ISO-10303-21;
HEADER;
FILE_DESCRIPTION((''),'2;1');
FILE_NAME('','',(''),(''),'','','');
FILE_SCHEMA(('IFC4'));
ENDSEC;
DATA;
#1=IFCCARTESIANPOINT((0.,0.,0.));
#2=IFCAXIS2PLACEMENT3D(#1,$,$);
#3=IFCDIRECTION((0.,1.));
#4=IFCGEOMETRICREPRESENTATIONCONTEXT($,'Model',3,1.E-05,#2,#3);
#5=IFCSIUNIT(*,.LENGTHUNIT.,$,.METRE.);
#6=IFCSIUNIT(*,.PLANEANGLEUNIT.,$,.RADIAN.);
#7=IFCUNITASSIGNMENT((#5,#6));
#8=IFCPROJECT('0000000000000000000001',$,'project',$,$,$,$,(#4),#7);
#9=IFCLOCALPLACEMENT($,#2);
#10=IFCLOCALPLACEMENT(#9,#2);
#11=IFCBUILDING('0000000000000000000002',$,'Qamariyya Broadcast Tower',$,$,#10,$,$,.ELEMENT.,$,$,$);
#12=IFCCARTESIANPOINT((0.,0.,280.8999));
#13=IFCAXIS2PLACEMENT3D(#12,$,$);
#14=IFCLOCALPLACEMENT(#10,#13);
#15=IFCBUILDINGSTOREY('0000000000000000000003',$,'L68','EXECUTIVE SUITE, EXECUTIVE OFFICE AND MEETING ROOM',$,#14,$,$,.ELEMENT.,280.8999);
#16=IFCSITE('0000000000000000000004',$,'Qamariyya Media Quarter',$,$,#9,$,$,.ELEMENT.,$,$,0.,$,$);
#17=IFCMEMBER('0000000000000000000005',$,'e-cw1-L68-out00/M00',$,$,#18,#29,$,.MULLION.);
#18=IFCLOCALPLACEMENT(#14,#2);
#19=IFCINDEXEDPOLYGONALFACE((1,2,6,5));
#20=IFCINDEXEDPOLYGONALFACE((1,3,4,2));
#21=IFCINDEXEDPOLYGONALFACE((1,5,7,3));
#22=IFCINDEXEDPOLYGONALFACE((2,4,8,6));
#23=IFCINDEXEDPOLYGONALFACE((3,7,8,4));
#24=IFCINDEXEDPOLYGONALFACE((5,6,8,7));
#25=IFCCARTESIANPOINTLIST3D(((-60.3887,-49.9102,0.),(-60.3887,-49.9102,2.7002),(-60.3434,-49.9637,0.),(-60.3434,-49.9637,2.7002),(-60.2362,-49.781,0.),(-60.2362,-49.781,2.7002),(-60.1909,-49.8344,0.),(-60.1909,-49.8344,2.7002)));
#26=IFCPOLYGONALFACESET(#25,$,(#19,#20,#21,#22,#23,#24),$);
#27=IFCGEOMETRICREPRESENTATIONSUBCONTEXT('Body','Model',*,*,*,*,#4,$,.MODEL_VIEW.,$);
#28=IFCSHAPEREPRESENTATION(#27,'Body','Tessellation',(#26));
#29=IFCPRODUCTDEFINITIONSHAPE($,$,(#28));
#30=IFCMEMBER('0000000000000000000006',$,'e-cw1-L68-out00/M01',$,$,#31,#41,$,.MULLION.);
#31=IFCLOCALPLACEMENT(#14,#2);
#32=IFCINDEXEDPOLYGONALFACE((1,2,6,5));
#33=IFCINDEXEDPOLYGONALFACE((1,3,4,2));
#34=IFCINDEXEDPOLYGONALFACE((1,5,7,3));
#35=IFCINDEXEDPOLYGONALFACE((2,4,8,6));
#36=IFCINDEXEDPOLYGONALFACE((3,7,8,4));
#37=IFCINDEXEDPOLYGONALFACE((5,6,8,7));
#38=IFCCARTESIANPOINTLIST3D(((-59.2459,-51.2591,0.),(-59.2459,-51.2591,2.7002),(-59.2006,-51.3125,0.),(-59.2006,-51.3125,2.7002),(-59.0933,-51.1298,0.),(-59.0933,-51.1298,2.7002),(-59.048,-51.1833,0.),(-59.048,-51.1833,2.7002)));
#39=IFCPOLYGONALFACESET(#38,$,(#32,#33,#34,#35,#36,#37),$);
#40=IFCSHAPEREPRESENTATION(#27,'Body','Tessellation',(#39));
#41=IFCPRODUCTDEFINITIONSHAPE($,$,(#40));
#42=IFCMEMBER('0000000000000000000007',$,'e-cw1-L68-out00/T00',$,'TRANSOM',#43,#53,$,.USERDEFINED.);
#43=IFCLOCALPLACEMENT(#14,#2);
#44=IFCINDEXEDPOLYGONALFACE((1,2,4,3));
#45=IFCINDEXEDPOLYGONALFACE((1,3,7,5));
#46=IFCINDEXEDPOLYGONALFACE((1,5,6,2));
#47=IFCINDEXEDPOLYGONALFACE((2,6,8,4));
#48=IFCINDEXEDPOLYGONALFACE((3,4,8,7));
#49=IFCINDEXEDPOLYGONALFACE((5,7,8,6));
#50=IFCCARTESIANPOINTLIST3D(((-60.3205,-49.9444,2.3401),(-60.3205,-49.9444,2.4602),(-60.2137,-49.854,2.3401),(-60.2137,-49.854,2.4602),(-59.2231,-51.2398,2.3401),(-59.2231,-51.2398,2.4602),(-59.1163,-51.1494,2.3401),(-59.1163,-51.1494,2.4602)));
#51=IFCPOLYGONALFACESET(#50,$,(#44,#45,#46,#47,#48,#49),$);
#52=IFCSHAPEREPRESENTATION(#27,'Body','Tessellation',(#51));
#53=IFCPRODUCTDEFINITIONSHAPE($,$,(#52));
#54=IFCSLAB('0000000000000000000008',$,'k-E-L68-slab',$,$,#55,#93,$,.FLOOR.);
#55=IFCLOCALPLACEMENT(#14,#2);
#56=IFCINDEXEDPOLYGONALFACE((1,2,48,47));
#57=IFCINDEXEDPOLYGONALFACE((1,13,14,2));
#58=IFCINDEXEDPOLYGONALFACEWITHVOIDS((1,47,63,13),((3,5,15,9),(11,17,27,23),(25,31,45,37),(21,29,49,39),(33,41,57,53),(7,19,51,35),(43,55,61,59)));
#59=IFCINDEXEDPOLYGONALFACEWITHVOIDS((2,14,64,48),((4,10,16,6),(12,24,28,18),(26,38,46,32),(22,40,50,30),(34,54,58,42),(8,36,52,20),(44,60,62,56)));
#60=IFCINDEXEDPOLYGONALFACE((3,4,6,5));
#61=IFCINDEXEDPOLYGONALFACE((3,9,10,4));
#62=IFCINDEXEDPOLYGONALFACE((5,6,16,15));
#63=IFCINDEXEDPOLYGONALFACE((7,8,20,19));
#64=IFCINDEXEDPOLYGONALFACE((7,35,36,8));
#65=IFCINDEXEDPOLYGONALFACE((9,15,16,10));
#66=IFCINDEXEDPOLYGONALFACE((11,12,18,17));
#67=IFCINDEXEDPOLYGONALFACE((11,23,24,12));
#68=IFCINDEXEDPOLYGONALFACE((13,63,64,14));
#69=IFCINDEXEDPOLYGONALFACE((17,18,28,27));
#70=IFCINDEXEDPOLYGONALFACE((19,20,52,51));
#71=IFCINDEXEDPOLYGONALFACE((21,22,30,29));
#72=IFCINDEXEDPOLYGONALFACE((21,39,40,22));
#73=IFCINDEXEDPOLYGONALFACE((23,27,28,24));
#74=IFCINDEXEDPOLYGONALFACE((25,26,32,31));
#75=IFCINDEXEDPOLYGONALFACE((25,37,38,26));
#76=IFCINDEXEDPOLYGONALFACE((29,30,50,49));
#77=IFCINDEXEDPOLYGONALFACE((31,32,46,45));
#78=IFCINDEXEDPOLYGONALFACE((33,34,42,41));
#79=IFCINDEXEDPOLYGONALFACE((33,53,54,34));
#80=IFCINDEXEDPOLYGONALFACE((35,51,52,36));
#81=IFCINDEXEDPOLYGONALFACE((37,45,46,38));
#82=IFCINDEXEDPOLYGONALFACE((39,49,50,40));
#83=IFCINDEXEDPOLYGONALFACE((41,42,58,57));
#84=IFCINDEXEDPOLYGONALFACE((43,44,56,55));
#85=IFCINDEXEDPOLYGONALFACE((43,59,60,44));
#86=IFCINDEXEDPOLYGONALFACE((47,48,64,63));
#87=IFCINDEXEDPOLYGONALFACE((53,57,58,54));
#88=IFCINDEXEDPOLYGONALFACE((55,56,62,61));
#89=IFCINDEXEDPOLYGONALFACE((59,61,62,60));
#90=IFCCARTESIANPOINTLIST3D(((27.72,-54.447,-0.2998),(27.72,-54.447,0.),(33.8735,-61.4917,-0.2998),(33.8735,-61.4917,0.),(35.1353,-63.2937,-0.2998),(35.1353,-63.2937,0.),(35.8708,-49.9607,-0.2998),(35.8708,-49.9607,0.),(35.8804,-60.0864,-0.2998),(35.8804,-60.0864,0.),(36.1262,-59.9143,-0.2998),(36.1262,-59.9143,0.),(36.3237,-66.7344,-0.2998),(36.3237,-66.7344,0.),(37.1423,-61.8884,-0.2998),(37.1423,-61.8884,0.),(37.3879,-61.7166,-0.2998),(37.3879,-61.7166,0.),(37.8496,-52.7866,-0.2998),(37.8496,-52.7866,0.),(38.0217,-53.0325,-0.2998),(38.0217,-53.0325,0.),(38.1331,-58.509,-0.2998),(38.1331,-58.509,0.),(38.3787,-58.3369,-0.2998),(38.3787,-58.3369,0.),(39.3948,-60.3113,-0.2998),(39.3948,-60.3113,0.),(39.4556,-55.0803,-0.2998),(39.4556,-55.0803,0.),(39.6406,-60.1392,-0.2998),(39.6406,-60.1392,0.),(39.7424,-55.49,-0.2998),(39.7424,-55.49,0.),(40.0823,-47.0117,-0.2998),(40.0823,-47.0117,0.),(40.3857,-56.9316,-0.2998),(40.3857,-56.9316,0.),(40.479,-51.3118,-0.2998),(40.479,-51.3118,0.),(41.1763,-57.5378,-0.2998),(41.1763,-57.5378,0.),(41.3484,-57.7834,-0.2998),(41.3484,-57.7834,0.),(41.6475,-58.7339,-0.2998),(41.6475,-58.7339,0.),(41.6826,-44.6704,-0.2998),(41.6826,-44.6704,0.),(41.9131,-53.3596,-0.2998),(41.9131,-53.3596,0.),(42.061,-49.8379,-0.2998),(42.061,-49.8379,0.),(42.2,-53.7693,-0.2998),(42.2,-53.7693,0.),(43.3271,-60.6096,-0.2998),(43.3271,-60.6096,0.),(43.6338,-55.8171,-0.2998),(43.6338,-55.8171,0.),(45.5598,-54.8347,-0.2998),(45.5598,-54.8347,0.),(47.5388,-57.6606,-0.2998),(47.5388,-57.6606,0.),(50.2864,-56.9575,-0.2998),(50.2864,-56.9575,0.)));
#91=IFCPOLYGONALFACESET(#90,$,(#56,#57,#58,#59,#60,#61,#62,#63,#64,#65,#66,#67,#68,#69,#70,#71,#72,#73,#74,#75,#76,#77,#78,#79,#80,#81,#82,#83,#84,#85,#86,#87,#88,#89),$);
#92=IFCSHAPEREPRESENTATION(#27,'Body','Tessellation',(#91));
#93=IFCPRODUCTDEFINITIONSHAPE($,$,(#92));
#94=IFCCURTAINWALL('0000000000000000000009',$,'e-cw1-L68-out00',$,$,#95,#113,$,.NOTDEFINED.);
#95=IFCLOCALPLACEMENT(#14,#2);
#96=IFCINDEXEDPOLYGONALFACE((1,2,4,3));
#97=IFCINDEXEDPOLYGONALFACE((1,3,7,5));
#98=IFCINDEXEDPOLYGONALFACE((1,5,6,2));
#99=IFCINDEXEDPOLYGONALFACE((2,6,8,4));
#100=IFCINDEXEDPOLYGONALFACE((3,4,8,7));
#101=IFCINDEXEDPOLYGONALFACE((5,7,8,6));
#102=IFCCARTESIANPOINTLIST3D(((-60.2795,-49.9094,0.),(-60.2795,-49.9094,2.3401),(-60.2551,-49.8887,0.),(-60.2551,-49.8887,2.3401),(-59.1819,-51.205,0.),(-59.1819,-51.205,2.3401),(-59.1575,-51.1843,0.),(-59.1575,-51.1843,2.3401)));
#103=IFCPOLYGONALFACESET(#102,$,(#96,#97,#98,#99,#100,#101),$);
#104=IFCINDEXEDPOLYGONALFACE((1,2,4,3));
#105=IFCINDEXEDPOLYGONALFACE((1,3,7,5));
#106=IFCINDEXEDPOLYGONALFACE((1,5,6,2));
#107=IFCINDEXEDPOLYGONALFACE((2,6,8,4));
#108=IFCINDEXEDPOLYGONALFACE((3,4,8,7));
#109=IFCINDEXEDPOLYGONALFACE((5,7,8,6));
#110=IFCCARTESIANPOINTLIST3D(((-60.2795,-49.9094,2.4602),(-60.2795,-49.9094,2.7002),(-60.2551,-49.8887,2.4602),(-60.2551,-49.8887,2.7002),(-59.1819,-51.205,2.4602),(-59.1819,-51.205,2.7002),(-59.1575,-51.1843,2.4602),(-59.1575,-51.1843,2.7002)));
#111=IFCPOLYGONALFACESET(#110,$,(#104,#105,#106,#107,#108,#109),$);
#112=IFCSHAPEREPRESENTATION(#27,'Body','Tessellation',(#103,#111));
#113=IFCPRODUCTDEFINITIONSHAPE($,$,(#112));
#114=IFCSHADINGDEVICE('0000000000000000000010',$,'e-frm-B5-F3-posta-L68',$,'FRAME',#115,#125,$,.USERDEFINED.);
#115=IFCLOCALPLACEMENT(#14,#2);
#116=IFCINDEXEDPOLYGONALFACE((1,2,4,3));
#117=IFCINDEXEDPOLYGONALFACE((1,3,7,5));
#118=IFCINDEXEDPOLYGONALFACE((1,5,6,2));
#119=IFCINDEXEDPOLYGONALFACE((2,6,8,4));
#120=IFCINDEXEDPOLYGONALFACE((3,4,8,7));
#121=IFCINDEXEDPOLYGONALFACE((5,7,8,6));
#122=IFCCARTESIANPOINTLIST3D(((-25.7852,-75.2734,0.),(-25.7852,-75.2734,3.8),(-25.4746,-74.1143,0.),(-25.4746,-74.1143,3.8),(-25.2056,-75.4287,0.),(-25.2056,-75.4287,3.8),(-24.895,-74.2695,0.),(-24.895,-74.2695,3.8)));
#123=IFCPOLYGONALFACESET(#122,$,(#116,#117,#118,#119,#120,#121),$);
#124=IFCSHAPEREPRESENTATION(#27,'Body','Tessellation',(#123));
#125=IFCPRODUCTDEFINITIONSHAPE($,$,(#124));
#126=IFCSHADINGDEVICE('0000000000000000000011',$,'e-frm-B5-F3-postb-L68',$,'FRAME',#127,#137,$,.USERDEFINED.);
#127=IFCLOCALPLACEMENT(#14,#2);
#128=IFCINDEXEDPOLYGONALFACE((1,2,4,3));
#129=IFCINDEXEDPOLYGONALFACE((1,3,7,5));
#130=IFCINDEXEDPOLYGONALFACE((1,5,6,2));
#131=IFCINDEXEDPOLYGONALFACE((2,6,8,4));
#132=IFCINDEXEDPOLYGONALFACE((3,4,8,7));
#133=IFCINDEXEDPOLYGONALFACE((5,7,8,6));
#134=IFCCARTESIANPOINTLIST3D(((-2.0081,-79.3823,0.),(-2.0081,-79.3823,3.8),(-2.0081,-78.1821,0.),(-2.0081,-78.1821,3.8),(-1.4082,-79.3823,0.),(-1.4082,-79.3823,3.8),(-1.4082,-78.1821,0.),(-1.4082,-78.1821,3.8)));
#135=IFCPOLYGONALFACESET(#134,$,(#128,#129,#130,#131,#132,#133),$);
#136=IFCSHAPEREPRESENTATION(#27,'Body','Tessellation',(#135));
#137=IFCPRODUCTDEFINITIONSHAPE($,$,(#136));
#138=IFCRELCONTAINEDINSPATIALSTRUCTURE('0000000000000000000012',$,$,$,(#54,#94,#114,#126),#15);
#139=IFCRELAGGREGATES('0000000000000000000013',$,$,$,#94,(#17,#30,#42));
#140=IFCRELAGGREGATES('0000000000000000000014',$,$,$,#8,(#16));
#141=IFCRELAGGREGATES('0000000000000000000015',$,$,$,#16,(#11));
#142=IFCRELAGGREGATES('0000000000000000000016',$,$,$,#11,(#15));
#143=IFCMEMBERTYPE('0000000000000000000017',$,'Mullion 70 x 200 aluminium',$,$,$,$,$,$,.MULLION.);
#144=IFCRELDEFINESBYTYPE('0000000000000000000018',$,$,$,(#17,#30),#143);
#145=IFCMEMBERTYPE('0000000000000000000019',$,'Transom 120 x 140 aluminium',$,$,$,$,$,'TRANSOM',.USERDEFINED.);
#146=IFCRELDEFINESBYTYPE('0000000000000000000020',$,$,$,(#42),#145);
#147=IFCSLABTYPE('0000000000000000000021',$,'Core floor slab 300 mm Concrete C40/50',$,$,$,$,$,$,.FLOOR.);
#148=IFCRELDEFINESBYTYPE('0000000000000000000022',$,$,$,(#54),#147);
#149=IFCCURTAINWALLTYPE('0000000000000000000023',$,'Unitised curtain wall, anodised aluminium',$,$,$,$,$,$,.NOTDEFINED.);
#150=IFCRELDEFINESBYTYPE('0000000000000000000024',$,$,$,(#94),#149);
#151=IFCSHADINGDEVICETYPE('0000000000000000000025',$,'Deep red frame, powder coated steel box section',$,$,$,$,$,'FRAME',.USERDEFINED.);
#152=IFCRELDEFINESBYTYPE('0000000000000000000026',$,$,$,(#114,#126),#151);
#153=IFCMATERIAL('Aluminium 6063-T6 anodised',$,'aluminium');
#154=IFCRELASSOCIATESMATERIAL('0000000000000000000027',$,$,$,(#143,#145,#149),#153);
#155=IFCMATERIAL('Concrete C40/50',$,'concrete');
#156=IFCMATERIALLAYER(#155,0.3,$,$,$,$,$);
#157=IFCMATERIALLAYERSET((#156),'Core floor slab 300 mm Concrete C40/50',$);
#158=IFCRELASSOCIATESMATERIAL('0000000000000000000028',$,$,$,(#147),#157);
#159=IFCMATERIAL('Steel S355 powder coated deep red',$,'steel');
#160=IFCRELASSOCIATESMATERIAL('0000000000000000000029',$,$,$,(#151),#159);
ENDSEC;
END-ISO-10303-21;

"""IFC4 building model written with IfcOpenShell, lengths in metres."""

from ifc_helpers import new_model, si_unit, direction, frame, origin, origin_2d, place, context, subcontext, project, spatial, polyline, rectangle, outline, extrude, material, layer, layer_set, material_profile, profile_set, type_object, element, aggregate, save


model = new_model("IFC4")

# Units and contexts
model_context = context("Model", 3, precision=1e-05, world=origin(), true_north=direction((0.0, 1.0)))
body_context = subcontext(model_context, "Body", "Model", "MODEL_VIEW")
ifc_project = project(units=[si_unit("LENGTHUNIT", "METRE"), si_unit("PLANEANGLEUNIT", "RADIAN")], contexts=[model_context])

# Members
ifc_material_1 = material(Name="Aluminium 6063-T6 anodised", Category="aluminium")
ifc_material_profile_1 = material_profile(ifc_material_1, rectangle(XDim=0.2, YDim=0.0701, at=origin_2d()))
ifc_profile_set_1 = profile_set([ifc_material_profile_1], Name="Aluminium 6063-T6 anodised")
member_type_1 = type_object("IfcMemberType", Name="Mullion 70 x 200 aluminium", PredefinedType="MULLION", material=ifc_profile_set_1)
site_placement = place(None, origin())
building_placement = place(site_placement, origin())
storey_placement = place(building_placement, frame((0.0, 0.0, 280.8999)))
member_1_placement = place(storey_placement, frame((-60.2898, -49.8723, 0.0), z_axis=(0.0, 0.0, 1.0), x_axis=(0.762997, 0.646402, 0.0)))
member_1 = element("IfcMember", 1, at=member_1_placement, type_object=member_type_1, Name="e-cw1-L68-out00/M00", PredefinedType="MULLION", context=body_context, shape_type="SweptSolid", body=[
    extrude(rectangle(XDim=0.2, YDim=0.0701, at=origin_2d()), origin(), (0.0, 0.0, 1.0), 2.7002),
])
member_2_placement = place(storey_placement, frame((-59.147, -51.2212, 0.0), z_axis=(0.0, 0.0, 1.0), x_axis=(0.762997, 0.646402, 0.0)))
member_2 = element("IfcMember", 2, at=member_2_placement, type_object=member_type_1, Name="e-cw1-L68-out00/M01", PredefinedType="MULLION", context=body_context, shape_type="SweptSolid", body=[
    extrude(rectangle(XDim=0.2, YDim=0.0701, at=origin_2d()), origin(), (0.0, 0.0, 1.0), 2.7002),
])
ifc_material_profile_2 = material_profile(ifc_material_1, rectangle(XDim=0.1399, YDim=0.1201, at=origin_2d()))
ifc_profile_set_2 = profile_set([ifc_material_profile_2], Name="Aluminium 6063-T6 anodised")
member_type_2 = type_object("IfcMemberType", Name="Transom 120 x 140 aluminium", ElementType="TRANSOM", PredefinedType="USERDEFINED", material=ifc_profile_set_2)
member_3_placement = place(storey_placement, frame((-60.2671, -49.8992, 2.4001), z_axis=(0.646387, -0.76301, 0.0), x_axis=(0.76301, 0.646387, 0.0)))
member_3 = element("IfcMember", 3, at=member_3_placement, type_object=member_type_2, Name="e-cw1-L68-out00/T00", ObjectType="TRANSOM", PredefinedType="USERDEFINED", context=body_context, shape_type="SweptSolid", body=[
    extrude(rectangle(XDim=0.1399, YDim=0.1201, at=origin_2d()), origin(), (0.0, 0.0, 1.0), 1.6978),
])

# Site, building, storey
site = spatial("IfcSite", under=ifc_project, at=site_placement, Name="Qamariyya Media Quarter", CompositionType="ELEMENT", RefElevation=0.0)
building = spatial("IfcBuilding", under=site, at=building_placement, Name="Qamariyya Broadcast Tower", CompositionType="ELEMENT")
storey = spatial("IfcBuildingStorey", under=building, at=storey_placement, Name="L68", Description="EXECUTIVE SUITE, EXECUTIVE OFFICE AND MEETING ROOM", CompositionType="ELEMENT", Elevation=280.8999)

# Slab
ifc_material_2 = material(Name="Concrete C40/50", Category="concrete")
ifc_layer = layer(ifc_material_2, 0.3)
ifc_layer_set = layer_set([ifc_layer], Name="Core floor slab 300 mm Concrete C40/50")
slab_type = type_object("IfcSlabType", Name="Core floor slab 300 mm Concrete C40/50", PredefinedType="FLOOR", material=ifc_layer_set)
slab_placement = place(storey_placement, frame((0.0, 0.0, -0.2998)))
element("IfcSlab", 4, at=slab_placement, inside=storey, type_object=slab_type, Name="k-E-L68-slab", PredefinedType="FLOOR", context=body_context, shape_type="SweptSolid", body=[
    extrude(outline(polyline([(36.3237, -66.7344), (50.2864, -56.9575), (41.6826, -44.6704), (27.72, -54.447), (36.3237, -66.7344)]), holes=[polyline([(33.8735, -61.4917), (35.8804, -60.0864), (37.1423, -61.8884), (35.1353, -63.2937), (33.8735, -61.4917)]), polyline([(36.1262, -59.9143), (38.1331, -58.509), (39.3948, -60.3113), (37.3879, -61.7166), (36.1262, -59.9143)]), polyline([(38.3787, -58.3369), (40.3857, -56.9316), (41.6475, -58.7339), (39.6406, -60.1392), (38.3787, -58.3369)]), polyline([(39.7424, -55.49), (42.2, -53.7693), (43.6338, -55.8171), (41.1763, -57.5378), (39.7424, -55.49)]), polyline([(39.4556, -55.0803), (41.9131, -53.3596), (40.479, -51.3118), (38.0217, -53.0325), (39.4556, -55.0803)]), polyline([(40.0823, -47.0117), (35.8708, -49.9607), (37.8496, -52.7866), (42.061, -49.8379), (40.0823, -47.0117)]), polyline([(45.5598, -54.8347), (41.3484, -57.7834), (43.3271, -60.6096), (47.5388, -57.6606), (45.5598, -54.8347)])]), origin(), (0.0, 0.0, 1.0), 0.2998),
])

# Curtain wall
curtain_wall_type = type_object("IfcCurtainWallType", Name="Unitised curtain wall, anodised aluminium", PredefinedType="NOTDEFINED", material=ifc_material_1)
curtain_wall_placement = place(storey_placement, origin())
curtain_wall = element("IfcCurtainWall", 5, at=curtain_wall_placement, inside=storey, type_object=curtain_wall_type, Name="e-cw1-L68-out00", PredefinedType="NOTDEFINED", context=body_context, shape_type="SweptSolid", body=[
    extrude(rectangle(XDim=1.698, YDim=0.032, at=origin_2d()), frame((-59.7185, -50.5469, 0.0), x_axis=(0.646383, -0.763013, 0.0)), (0.0, 0.0, 1.0), 2.3401),
    extrude(rectangle(XDim=1.698, YDim=0.032, at=origin_2d()), frame((-59.7185, -50.5469, 2.4602), x_axis=(0.646383, -0.763013, 0.0)), (0.0, 0.0, 1.0), 0.24),
])
aggregate(curtain_wall, [member_1, member_2, member_3])

# Shading devices
ifc_material_3 = material(Name="Steel S355 powder coated deep red", Category="steel")
shading_device_type = type_object("IfcShadingDeviceType", Name="Deep red frame, powder coated steel box section", ElementType="FRAME", PredefinedType="USERDEFINED", material=ifc_material_3)
shading_device_1_placement = place(storey_placement, origin())
element("IfcShadingDevice", 6, at=shading_device_1_placement, inside=storey, type_object=shading_device_type, Name="e-frm-B5-F3-posta-L68", ObjectType="FRAME", PredefinedType="USERDEFINED", context=body_context, shape_type="SweptSolid", body=[
    extrude(outline(polyline([(-25.4746, -74.1143), (-25.7852, -75.2734), (-25.2056, -75.4287), (-24.895, -74.2695), (-25.4746, -74.1143)])), origin(), (0.0, 0.0, 1.0), 3.8),
])
shading_device_2_placement = place(storey_placement, origin())
element("IfcShadingDevice", 7, at=shading_device_2_placement, inside=storey, type_object=shading_device_type, Name="e-frm-B5-F3-postb-L68", ObjectType="FRAME", PredefinedType="USERDEFINED", context=body_context, shape_type="SweptSolid", body=[
    extrude(outline(polyline([(-2.0081, -78.1821), (-2.0081, -79.3823), (-1.4082, -79.3823), (-1.4082, -78.1821), (-2.0081, -78.1821)])), origin(), (0.0, 0.0, 1.0), 3.8),
])

save(model, "model.ifc")
